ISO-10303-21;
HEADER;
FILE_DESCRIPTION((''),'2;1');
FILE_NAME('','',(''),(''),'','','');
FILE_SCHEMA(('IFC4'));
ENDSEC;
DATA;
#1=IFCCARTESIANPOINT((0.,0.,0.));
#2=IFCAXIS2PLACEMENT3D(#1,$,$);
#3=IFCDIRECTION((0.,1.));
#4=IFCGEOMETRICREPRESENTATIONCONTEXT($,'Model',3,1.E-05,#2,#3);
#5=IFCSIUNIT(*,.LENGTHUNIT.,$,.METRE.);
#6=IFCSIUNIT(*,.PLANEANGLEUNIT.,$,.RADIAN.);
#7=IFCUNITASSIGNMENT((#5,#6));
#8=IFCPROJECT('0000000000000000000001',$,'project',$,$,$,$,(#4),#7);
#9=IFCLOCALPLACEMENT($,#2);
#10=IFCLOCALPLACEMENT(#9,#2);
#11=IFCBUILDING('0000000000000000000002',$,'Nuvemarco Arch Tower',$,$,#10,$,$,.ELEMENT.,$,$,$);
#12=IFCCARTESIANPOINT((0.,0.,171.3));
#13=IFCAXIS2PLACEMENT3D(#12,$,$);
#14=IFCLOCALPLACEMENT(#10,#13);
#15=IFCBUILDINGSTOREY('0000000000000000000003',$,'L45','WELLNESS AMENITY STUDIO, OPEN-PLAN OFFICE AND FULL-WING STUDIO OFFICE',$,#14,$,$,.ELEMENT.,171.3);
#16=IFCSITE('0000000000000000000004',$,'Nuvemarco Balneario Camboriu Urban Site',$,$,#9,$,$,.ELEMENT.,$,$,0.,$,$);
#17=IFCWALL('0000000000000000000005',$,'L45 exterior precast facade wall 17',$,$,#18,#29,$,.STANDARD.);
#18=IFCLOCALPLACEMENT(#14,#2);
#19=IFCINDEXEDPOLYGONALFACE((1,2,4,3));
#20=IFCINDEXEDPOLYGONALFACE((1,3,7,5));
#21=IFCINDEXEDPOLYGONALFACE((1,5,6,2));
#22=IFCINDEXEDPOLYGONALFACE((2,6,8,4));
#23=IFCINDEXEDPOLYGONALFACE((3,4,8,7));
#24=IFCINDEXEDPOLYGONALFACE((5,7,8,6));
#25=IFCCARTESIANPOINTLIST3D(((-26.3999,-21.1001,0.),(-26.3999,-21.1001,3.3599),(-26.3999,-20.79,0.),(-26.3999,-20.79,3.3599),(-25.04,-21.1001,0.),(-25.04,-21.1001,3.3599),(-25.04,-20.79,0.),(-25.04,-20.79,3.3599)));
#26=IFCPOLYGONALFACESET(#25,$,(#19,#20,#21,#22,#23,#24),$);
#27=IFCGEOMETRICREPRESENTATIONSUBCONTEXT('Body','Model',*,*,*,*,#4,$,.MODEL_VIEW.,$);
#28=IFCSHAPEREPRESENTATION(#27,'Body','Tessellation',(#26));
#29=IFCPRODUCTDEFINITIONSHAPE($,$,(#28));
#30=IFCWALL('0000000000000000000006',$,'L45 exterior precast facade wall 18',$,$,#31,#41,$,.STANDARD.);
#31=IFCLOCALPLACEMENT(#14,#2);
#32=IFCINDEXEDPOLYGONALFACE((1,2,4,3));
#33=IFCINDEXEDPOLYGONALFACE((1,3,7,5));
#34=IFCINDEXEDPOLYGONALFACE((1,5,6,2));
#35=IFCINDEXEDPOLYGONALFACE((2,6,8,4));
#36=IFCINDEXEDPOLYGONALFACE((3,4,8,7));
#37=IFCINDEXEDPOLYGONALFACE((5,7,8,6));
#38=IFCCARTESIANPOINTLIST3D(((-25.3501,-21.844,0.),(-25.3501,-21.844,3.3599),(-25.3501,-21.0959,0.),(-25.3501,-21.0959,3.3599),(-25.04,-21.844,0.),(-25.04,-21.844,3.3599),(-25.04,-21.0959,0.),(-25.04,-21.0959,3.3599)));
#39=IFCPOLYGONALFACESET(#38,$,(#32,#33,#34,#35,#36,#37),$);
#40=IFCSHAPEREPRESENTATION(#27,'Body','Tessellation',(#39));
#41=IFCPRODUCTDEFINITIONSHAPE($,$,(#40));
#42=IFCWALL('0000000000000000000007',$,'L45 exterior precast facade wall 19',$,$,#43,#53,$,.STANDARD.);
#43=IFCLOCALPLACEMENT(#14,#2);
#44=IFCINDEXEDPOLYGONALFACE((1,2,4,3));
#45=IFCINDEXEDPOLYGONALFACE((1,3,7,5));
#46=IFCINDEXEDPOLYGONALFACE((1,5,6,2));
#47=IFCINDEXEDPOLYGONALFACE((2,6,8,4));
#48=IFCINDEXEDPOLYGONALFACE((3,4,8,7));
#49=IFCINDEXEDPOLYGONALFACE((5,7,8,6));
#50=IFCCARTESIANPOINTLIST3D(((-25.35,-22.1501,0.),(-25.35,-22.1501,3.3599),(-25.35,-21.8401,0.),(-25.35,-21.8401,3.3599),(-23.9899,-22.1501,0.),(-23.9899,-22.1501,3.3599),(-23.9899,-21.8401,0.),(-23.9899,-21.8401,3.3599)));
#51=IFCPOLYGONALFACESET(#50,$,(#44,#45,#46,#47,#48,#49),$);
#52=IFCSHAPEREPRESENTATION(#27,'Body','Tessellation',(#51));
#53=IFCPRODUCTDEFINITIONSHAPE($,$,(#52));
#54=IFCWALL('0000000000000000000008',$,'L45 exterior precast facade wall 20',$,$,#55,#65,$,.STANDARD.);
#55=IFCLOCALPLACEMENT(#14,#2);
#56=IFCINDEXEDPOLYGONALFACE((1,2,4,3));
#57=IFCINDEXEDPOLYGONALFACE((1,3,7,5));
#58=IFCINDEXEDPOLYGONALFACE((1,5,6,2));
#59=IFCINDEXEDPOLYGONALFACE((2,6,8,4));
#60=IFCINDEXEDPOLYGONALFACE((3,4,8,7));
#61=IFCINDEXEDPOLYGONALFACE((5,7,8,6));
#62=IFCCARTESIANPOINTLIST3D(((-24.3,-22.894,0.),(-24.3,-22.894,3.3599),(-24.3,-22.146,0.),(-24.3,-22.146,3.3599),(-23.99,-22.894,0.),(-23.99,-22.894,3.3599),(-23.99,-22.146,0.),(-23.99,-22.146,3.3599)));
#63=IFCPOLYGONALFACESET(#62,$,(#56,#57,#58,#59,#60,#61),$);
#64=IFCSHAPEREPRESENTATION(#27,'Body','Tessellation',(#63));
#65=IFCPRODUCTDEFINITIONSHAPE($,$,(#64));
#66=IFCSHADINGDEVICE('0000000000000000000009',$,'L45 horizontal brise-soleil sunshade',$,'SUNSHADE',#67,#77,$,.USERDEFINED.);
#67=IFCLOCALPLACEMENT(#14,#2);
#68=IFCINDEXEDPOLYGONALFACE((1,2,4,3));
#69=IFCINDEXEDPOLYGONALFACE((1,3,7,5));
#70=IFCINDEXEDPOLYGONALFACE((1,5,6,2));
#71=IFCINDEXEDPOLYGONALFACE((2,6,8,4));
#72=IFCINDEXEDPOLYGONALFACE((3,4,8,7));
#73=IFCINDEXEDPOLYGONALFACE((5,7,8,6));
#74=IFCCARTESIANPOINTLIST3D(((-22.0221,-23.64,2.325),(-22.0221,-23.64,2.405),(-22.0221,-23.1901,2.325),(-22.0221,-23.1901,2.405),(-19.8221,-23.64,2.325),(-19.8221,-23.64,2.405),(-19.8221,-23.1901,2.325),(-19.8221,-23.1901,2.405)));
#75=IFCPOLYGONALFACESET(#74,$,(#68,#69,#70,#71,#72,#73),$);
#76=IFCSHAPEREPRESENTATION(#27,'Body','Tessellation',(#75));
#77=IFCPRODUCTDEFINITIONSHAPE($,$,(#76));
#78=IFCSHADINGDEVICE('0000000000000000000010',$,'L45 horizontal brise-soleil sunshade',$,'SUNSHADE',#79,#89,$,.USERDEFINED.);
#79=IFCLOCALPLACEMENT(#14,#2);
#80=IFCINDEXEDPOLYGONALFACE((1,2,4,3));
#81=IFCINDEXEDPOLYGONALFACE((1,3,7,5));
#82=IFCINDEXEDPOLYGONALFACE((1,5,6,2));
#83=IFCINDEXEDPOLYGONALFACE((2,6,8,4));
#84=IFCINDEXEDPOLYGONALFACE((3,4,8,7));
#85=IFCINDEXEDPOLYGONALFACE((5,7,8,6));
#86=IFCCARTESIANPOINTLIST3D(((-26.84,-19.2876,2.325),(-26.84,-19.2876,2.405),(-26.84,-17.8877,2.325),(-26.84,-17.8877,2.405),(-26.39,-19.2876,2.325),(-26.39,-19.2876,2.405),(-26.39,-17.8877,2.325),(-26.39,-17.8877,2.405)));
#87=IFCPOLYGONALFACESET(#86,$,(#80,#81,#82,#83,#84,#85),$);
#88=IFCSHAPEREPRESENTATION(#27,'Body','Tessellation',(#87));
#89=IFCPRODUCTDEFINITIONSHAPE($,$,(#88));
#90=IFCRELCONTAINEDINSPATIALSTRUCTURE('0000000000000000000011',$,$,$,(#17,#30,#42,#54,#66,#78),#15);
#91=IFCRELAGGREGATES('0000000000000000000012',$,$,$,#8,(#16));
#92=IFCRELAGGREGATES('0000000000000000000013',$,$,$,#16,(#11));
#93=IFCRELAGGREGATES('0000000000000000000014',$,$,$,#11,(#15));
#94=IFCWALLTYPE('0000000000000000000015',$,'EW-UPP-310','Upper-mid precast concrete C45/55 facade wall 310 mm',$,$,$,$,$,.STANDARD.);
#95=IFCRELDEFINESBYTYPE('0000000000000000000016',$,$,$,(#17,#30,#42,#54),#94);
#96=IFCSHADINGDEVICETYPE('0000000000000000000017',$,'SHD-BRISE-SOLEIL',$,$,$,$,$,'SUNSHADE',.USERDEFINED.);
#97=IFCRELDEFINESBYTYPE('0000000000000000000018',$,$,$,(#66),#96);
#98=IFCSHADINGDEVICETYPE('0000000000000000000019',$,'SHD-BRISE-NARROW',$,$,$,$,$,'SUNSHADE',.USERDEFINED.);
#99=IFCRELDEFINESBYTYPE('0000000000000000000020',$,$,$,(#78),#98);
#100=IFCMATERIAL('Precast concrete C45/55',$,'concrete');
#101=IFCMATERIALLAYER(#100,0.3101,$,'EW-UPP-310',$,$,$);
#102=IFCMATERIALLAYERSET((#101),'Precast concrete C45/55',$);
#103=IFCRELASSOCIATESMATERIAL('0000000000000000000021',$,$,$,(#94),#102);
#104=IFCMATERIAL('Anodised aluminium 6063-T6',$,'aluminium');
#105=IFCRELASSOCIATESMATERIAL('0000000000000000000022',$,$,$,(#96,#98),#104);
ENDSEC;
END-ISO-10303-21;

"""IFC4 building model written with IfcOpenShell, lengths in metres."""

from ifc_helpers import new_model, si_unit, direction, frame, frame_2d, origin, origin_2d, place, context, subcontext, project, spatial, rectangle, extrude, source, transform, mapped, material, layer, layer_set, type_object, type_shapes, element, save


model = new_model("IFC4")

# Units and contexts
model_context = context("Model", 3, precision=1e-05, world=origin(), true_north=direction((0.0, 1.0)))
body_context = subcontext(model_context, "Body", "Model", "MODEL_VIEW")
ifc_project = project(units=[si_unit("LENGTHUNIT", "METRE"), si_unit("PLANEANGLEUNIT", "RADIAN")], contexts=[model_context])

# Site, building, storey
site_placement = place(None, origin())
site = spatial("IfcSite", under=ifc_project, at=site_placement, Name="Nuvemarco Balneario Camboriu Urban Site", CompositionType="ELEMENT", RefElevation=0.0)
building_placement = place(site_placement, origin())
building = spatial("IfcBuilding", under=site, at=building_placement, Name="Nuvemarco Arch Tower", CompositionType="ELEMENT")
storey_placement = place(building_placement, frame((0.0, 0.0, 171.3)))
storey = spatial("IfcBuildingStorey", under=building, at=storey_placement, Name="L45", Description="WELLNESS AMENITY STUDIO, OPEN-PLAN OFFICE AND FULL-WING STUDIO OFFICE", CompositionType="ELEMENT", Elevation=171.3)

# Shared definitions
ifc_material_1 = material(Name="Precast concrete C45/55", Category="concrete")
ifc_layer = layer(ifc_material_1, 0.3101, Name="EW-UPP-310")
ifc_layer_set = layer_set([ifc_layer], Name="Precast concrete C45/55")
wall_type = type_object("IfcWallType", Name="EW-UPP-310", Description="Upper-mid precast concrete C45/55 facade wall 310 mm", PredefinedType="STANDARD", material=ifc_layer_set)

# Walls
wall_1_placement = place(storey_placement, frame((-26.3999, -20.9451, 0.0), z_axis=(0.0, 0.0, 1.0), x_axis=(1.0, 0.0, 0.0)))
element("IfcWall", 1, at=wall_1_placement, inside=storey, type_object=wall_type, Name="L45 exterior precast facade wall 17", PredefinedType="STANDARD", context=body_context, shape_type="SweptSolid", body=[
    extrude(rectangle(XDim=1.3599, YDim=0.3101, at=frame_2d((0.6799, 0.0))), origin(), (0.0, 0.0, 1.0), 3.3599),
])
wall_2_placement = place(storey_placement, frame((-25.1951, -21.844, 0.0), z_axis=(0.0, 0.0, 1.0), x_axis=(0.0, 1.0, 0.0)))
element("IfcWall", 2, at=wall_2_placement, inside=storey, type_object=wall_type, Name="L45 exterior precast facade wall 18", PredefinedType="STANDARD", context=body_context, shape_type="SweptSolid", body=[
    extrude(rectangle(XDim=0.748, YDim=0.3101, at=frame_2d((0.374, 0.0))), origin(), (0.0, 0.0, 1.0), 3.3599),
])
wall_3_placement = place(storey_placement, frame((-25.3501, -21.9951, 0.0), z_axis=(0.0, 0.0, 1.0), x_axis=(1.0, 0.0, 0.0)))
element("IfcWall", 3, at=wall_3_placement, inside=storey, type_object=wall_type, Name="L45 exterior precast facade wall 19", PredefinedType="STANDARD", context=body_context, shape_type="SweptSolid", body=[
    extrude(rectangle(XDim=1.3601, YDim=0.3101, at=frame_2d((0.6802, 0.0))), origin(), (0.0, 0.0, 1.0), 3.3599),
])
wall_4_placement = place(storey_placement, frame((-24.145, -22.894, 0.0), z_axis=(0.0, 0.0, 1.0), x_axis=(0.0, 1.0, 0.0)))
element("IfcWall", 4, at=wall_4_placement, inside=storey, type_object=wall_type, Name="L45 exterior precast facade wall 20", PredefinedType="STANDARD", context=body_context, shape_type="SweptSolid", body=[
    extrude(rectangle(XDim=0.748, YDim=0.3101, at=frame_2d((0.374, 0.0))), origin(), (0.0, 0.0, 1.0), 3.3599),
])

# Shading devices
ifc_material_2 = material(Name="Anodised aluminium 6063-T6", Category="aluminium")
shading_device_type_1 = type_object("IfcShadingDeviceType", Name="SHD-BRISE-SOLEIL", ElementType="SUNSHADE", PredefinedType="USERDEFINED", material=ifc_material_2)
shared_shape_1 = source(origin(), body_context, "Body", "SweptSolid", [
    extrude(rectangle(XDim=2.2, YDim=0.45, at=origin_2d()), origin(), (0.0, 0.0, 1.0), 0.0801),
])
type_shapes(shading_device_type_1, [shared_shape_1])
shading_device_1_placement = place(storey_placement, frame((-20.9221, -23.415, 2.325), z_axis=(0.0, 0.0, 1.0), x_axis=(1.0, 0.0, 0.0)))
element("IfcShadingDevice", 5, at=shading_device_1_placement, inside=storey, type_object=shading_device_type_1, Name="L45 horizontal brise-soleil sunshade", ObjectType="SUNSHADE", PredefinedType="USERDEFINED", context=body_context, shape_type="MappedRepresentation", body=[
    mapped(shared_shape_1, transform((0.0, 0.0, 0.0), scale=1.0)),
])
shading_device_type_2 = type_object("IfcShadingDeviceType", Name="SHD-BRISE-NARROW", ElementType="SUNSHADE", PredefinedType="USERDEFINED", material=ifc_material_2)
shared_shape_2 = source(origin(), body_context, "Body", "SweptSolid", [
    extrude(rectangle(XDim=1.3999, YDim=0.45, at=origin_2d()), origin(), (0.0, 0.0, 1.0), 0.0801),
])
type_shapes(shading_device_type_2, [shared_shape_2])
shading_device_2_placement = place(storey_placement, frame((-26.615, -18.5876, 2.325), z_axis=(0.0, 0.0, 1.0), x_axis=(0.0, 1.0, 0.0)))
element("IfcShadingDevice", 6, at=shading_device_2_placement, inside=storey, type_object=shading_device_type_2, Name="L45 horizontal brise-soleil sunshade", ObjectType="SUNSHADE", PredefinedType="USERDEFINED", context=body_context, shape_type="MappedRepresentation", body=[
    mapped(shared_shape_2, transform((0.0, 0.0, 0.0), scale=1.0)),
])

save(model, "model.ifc")
